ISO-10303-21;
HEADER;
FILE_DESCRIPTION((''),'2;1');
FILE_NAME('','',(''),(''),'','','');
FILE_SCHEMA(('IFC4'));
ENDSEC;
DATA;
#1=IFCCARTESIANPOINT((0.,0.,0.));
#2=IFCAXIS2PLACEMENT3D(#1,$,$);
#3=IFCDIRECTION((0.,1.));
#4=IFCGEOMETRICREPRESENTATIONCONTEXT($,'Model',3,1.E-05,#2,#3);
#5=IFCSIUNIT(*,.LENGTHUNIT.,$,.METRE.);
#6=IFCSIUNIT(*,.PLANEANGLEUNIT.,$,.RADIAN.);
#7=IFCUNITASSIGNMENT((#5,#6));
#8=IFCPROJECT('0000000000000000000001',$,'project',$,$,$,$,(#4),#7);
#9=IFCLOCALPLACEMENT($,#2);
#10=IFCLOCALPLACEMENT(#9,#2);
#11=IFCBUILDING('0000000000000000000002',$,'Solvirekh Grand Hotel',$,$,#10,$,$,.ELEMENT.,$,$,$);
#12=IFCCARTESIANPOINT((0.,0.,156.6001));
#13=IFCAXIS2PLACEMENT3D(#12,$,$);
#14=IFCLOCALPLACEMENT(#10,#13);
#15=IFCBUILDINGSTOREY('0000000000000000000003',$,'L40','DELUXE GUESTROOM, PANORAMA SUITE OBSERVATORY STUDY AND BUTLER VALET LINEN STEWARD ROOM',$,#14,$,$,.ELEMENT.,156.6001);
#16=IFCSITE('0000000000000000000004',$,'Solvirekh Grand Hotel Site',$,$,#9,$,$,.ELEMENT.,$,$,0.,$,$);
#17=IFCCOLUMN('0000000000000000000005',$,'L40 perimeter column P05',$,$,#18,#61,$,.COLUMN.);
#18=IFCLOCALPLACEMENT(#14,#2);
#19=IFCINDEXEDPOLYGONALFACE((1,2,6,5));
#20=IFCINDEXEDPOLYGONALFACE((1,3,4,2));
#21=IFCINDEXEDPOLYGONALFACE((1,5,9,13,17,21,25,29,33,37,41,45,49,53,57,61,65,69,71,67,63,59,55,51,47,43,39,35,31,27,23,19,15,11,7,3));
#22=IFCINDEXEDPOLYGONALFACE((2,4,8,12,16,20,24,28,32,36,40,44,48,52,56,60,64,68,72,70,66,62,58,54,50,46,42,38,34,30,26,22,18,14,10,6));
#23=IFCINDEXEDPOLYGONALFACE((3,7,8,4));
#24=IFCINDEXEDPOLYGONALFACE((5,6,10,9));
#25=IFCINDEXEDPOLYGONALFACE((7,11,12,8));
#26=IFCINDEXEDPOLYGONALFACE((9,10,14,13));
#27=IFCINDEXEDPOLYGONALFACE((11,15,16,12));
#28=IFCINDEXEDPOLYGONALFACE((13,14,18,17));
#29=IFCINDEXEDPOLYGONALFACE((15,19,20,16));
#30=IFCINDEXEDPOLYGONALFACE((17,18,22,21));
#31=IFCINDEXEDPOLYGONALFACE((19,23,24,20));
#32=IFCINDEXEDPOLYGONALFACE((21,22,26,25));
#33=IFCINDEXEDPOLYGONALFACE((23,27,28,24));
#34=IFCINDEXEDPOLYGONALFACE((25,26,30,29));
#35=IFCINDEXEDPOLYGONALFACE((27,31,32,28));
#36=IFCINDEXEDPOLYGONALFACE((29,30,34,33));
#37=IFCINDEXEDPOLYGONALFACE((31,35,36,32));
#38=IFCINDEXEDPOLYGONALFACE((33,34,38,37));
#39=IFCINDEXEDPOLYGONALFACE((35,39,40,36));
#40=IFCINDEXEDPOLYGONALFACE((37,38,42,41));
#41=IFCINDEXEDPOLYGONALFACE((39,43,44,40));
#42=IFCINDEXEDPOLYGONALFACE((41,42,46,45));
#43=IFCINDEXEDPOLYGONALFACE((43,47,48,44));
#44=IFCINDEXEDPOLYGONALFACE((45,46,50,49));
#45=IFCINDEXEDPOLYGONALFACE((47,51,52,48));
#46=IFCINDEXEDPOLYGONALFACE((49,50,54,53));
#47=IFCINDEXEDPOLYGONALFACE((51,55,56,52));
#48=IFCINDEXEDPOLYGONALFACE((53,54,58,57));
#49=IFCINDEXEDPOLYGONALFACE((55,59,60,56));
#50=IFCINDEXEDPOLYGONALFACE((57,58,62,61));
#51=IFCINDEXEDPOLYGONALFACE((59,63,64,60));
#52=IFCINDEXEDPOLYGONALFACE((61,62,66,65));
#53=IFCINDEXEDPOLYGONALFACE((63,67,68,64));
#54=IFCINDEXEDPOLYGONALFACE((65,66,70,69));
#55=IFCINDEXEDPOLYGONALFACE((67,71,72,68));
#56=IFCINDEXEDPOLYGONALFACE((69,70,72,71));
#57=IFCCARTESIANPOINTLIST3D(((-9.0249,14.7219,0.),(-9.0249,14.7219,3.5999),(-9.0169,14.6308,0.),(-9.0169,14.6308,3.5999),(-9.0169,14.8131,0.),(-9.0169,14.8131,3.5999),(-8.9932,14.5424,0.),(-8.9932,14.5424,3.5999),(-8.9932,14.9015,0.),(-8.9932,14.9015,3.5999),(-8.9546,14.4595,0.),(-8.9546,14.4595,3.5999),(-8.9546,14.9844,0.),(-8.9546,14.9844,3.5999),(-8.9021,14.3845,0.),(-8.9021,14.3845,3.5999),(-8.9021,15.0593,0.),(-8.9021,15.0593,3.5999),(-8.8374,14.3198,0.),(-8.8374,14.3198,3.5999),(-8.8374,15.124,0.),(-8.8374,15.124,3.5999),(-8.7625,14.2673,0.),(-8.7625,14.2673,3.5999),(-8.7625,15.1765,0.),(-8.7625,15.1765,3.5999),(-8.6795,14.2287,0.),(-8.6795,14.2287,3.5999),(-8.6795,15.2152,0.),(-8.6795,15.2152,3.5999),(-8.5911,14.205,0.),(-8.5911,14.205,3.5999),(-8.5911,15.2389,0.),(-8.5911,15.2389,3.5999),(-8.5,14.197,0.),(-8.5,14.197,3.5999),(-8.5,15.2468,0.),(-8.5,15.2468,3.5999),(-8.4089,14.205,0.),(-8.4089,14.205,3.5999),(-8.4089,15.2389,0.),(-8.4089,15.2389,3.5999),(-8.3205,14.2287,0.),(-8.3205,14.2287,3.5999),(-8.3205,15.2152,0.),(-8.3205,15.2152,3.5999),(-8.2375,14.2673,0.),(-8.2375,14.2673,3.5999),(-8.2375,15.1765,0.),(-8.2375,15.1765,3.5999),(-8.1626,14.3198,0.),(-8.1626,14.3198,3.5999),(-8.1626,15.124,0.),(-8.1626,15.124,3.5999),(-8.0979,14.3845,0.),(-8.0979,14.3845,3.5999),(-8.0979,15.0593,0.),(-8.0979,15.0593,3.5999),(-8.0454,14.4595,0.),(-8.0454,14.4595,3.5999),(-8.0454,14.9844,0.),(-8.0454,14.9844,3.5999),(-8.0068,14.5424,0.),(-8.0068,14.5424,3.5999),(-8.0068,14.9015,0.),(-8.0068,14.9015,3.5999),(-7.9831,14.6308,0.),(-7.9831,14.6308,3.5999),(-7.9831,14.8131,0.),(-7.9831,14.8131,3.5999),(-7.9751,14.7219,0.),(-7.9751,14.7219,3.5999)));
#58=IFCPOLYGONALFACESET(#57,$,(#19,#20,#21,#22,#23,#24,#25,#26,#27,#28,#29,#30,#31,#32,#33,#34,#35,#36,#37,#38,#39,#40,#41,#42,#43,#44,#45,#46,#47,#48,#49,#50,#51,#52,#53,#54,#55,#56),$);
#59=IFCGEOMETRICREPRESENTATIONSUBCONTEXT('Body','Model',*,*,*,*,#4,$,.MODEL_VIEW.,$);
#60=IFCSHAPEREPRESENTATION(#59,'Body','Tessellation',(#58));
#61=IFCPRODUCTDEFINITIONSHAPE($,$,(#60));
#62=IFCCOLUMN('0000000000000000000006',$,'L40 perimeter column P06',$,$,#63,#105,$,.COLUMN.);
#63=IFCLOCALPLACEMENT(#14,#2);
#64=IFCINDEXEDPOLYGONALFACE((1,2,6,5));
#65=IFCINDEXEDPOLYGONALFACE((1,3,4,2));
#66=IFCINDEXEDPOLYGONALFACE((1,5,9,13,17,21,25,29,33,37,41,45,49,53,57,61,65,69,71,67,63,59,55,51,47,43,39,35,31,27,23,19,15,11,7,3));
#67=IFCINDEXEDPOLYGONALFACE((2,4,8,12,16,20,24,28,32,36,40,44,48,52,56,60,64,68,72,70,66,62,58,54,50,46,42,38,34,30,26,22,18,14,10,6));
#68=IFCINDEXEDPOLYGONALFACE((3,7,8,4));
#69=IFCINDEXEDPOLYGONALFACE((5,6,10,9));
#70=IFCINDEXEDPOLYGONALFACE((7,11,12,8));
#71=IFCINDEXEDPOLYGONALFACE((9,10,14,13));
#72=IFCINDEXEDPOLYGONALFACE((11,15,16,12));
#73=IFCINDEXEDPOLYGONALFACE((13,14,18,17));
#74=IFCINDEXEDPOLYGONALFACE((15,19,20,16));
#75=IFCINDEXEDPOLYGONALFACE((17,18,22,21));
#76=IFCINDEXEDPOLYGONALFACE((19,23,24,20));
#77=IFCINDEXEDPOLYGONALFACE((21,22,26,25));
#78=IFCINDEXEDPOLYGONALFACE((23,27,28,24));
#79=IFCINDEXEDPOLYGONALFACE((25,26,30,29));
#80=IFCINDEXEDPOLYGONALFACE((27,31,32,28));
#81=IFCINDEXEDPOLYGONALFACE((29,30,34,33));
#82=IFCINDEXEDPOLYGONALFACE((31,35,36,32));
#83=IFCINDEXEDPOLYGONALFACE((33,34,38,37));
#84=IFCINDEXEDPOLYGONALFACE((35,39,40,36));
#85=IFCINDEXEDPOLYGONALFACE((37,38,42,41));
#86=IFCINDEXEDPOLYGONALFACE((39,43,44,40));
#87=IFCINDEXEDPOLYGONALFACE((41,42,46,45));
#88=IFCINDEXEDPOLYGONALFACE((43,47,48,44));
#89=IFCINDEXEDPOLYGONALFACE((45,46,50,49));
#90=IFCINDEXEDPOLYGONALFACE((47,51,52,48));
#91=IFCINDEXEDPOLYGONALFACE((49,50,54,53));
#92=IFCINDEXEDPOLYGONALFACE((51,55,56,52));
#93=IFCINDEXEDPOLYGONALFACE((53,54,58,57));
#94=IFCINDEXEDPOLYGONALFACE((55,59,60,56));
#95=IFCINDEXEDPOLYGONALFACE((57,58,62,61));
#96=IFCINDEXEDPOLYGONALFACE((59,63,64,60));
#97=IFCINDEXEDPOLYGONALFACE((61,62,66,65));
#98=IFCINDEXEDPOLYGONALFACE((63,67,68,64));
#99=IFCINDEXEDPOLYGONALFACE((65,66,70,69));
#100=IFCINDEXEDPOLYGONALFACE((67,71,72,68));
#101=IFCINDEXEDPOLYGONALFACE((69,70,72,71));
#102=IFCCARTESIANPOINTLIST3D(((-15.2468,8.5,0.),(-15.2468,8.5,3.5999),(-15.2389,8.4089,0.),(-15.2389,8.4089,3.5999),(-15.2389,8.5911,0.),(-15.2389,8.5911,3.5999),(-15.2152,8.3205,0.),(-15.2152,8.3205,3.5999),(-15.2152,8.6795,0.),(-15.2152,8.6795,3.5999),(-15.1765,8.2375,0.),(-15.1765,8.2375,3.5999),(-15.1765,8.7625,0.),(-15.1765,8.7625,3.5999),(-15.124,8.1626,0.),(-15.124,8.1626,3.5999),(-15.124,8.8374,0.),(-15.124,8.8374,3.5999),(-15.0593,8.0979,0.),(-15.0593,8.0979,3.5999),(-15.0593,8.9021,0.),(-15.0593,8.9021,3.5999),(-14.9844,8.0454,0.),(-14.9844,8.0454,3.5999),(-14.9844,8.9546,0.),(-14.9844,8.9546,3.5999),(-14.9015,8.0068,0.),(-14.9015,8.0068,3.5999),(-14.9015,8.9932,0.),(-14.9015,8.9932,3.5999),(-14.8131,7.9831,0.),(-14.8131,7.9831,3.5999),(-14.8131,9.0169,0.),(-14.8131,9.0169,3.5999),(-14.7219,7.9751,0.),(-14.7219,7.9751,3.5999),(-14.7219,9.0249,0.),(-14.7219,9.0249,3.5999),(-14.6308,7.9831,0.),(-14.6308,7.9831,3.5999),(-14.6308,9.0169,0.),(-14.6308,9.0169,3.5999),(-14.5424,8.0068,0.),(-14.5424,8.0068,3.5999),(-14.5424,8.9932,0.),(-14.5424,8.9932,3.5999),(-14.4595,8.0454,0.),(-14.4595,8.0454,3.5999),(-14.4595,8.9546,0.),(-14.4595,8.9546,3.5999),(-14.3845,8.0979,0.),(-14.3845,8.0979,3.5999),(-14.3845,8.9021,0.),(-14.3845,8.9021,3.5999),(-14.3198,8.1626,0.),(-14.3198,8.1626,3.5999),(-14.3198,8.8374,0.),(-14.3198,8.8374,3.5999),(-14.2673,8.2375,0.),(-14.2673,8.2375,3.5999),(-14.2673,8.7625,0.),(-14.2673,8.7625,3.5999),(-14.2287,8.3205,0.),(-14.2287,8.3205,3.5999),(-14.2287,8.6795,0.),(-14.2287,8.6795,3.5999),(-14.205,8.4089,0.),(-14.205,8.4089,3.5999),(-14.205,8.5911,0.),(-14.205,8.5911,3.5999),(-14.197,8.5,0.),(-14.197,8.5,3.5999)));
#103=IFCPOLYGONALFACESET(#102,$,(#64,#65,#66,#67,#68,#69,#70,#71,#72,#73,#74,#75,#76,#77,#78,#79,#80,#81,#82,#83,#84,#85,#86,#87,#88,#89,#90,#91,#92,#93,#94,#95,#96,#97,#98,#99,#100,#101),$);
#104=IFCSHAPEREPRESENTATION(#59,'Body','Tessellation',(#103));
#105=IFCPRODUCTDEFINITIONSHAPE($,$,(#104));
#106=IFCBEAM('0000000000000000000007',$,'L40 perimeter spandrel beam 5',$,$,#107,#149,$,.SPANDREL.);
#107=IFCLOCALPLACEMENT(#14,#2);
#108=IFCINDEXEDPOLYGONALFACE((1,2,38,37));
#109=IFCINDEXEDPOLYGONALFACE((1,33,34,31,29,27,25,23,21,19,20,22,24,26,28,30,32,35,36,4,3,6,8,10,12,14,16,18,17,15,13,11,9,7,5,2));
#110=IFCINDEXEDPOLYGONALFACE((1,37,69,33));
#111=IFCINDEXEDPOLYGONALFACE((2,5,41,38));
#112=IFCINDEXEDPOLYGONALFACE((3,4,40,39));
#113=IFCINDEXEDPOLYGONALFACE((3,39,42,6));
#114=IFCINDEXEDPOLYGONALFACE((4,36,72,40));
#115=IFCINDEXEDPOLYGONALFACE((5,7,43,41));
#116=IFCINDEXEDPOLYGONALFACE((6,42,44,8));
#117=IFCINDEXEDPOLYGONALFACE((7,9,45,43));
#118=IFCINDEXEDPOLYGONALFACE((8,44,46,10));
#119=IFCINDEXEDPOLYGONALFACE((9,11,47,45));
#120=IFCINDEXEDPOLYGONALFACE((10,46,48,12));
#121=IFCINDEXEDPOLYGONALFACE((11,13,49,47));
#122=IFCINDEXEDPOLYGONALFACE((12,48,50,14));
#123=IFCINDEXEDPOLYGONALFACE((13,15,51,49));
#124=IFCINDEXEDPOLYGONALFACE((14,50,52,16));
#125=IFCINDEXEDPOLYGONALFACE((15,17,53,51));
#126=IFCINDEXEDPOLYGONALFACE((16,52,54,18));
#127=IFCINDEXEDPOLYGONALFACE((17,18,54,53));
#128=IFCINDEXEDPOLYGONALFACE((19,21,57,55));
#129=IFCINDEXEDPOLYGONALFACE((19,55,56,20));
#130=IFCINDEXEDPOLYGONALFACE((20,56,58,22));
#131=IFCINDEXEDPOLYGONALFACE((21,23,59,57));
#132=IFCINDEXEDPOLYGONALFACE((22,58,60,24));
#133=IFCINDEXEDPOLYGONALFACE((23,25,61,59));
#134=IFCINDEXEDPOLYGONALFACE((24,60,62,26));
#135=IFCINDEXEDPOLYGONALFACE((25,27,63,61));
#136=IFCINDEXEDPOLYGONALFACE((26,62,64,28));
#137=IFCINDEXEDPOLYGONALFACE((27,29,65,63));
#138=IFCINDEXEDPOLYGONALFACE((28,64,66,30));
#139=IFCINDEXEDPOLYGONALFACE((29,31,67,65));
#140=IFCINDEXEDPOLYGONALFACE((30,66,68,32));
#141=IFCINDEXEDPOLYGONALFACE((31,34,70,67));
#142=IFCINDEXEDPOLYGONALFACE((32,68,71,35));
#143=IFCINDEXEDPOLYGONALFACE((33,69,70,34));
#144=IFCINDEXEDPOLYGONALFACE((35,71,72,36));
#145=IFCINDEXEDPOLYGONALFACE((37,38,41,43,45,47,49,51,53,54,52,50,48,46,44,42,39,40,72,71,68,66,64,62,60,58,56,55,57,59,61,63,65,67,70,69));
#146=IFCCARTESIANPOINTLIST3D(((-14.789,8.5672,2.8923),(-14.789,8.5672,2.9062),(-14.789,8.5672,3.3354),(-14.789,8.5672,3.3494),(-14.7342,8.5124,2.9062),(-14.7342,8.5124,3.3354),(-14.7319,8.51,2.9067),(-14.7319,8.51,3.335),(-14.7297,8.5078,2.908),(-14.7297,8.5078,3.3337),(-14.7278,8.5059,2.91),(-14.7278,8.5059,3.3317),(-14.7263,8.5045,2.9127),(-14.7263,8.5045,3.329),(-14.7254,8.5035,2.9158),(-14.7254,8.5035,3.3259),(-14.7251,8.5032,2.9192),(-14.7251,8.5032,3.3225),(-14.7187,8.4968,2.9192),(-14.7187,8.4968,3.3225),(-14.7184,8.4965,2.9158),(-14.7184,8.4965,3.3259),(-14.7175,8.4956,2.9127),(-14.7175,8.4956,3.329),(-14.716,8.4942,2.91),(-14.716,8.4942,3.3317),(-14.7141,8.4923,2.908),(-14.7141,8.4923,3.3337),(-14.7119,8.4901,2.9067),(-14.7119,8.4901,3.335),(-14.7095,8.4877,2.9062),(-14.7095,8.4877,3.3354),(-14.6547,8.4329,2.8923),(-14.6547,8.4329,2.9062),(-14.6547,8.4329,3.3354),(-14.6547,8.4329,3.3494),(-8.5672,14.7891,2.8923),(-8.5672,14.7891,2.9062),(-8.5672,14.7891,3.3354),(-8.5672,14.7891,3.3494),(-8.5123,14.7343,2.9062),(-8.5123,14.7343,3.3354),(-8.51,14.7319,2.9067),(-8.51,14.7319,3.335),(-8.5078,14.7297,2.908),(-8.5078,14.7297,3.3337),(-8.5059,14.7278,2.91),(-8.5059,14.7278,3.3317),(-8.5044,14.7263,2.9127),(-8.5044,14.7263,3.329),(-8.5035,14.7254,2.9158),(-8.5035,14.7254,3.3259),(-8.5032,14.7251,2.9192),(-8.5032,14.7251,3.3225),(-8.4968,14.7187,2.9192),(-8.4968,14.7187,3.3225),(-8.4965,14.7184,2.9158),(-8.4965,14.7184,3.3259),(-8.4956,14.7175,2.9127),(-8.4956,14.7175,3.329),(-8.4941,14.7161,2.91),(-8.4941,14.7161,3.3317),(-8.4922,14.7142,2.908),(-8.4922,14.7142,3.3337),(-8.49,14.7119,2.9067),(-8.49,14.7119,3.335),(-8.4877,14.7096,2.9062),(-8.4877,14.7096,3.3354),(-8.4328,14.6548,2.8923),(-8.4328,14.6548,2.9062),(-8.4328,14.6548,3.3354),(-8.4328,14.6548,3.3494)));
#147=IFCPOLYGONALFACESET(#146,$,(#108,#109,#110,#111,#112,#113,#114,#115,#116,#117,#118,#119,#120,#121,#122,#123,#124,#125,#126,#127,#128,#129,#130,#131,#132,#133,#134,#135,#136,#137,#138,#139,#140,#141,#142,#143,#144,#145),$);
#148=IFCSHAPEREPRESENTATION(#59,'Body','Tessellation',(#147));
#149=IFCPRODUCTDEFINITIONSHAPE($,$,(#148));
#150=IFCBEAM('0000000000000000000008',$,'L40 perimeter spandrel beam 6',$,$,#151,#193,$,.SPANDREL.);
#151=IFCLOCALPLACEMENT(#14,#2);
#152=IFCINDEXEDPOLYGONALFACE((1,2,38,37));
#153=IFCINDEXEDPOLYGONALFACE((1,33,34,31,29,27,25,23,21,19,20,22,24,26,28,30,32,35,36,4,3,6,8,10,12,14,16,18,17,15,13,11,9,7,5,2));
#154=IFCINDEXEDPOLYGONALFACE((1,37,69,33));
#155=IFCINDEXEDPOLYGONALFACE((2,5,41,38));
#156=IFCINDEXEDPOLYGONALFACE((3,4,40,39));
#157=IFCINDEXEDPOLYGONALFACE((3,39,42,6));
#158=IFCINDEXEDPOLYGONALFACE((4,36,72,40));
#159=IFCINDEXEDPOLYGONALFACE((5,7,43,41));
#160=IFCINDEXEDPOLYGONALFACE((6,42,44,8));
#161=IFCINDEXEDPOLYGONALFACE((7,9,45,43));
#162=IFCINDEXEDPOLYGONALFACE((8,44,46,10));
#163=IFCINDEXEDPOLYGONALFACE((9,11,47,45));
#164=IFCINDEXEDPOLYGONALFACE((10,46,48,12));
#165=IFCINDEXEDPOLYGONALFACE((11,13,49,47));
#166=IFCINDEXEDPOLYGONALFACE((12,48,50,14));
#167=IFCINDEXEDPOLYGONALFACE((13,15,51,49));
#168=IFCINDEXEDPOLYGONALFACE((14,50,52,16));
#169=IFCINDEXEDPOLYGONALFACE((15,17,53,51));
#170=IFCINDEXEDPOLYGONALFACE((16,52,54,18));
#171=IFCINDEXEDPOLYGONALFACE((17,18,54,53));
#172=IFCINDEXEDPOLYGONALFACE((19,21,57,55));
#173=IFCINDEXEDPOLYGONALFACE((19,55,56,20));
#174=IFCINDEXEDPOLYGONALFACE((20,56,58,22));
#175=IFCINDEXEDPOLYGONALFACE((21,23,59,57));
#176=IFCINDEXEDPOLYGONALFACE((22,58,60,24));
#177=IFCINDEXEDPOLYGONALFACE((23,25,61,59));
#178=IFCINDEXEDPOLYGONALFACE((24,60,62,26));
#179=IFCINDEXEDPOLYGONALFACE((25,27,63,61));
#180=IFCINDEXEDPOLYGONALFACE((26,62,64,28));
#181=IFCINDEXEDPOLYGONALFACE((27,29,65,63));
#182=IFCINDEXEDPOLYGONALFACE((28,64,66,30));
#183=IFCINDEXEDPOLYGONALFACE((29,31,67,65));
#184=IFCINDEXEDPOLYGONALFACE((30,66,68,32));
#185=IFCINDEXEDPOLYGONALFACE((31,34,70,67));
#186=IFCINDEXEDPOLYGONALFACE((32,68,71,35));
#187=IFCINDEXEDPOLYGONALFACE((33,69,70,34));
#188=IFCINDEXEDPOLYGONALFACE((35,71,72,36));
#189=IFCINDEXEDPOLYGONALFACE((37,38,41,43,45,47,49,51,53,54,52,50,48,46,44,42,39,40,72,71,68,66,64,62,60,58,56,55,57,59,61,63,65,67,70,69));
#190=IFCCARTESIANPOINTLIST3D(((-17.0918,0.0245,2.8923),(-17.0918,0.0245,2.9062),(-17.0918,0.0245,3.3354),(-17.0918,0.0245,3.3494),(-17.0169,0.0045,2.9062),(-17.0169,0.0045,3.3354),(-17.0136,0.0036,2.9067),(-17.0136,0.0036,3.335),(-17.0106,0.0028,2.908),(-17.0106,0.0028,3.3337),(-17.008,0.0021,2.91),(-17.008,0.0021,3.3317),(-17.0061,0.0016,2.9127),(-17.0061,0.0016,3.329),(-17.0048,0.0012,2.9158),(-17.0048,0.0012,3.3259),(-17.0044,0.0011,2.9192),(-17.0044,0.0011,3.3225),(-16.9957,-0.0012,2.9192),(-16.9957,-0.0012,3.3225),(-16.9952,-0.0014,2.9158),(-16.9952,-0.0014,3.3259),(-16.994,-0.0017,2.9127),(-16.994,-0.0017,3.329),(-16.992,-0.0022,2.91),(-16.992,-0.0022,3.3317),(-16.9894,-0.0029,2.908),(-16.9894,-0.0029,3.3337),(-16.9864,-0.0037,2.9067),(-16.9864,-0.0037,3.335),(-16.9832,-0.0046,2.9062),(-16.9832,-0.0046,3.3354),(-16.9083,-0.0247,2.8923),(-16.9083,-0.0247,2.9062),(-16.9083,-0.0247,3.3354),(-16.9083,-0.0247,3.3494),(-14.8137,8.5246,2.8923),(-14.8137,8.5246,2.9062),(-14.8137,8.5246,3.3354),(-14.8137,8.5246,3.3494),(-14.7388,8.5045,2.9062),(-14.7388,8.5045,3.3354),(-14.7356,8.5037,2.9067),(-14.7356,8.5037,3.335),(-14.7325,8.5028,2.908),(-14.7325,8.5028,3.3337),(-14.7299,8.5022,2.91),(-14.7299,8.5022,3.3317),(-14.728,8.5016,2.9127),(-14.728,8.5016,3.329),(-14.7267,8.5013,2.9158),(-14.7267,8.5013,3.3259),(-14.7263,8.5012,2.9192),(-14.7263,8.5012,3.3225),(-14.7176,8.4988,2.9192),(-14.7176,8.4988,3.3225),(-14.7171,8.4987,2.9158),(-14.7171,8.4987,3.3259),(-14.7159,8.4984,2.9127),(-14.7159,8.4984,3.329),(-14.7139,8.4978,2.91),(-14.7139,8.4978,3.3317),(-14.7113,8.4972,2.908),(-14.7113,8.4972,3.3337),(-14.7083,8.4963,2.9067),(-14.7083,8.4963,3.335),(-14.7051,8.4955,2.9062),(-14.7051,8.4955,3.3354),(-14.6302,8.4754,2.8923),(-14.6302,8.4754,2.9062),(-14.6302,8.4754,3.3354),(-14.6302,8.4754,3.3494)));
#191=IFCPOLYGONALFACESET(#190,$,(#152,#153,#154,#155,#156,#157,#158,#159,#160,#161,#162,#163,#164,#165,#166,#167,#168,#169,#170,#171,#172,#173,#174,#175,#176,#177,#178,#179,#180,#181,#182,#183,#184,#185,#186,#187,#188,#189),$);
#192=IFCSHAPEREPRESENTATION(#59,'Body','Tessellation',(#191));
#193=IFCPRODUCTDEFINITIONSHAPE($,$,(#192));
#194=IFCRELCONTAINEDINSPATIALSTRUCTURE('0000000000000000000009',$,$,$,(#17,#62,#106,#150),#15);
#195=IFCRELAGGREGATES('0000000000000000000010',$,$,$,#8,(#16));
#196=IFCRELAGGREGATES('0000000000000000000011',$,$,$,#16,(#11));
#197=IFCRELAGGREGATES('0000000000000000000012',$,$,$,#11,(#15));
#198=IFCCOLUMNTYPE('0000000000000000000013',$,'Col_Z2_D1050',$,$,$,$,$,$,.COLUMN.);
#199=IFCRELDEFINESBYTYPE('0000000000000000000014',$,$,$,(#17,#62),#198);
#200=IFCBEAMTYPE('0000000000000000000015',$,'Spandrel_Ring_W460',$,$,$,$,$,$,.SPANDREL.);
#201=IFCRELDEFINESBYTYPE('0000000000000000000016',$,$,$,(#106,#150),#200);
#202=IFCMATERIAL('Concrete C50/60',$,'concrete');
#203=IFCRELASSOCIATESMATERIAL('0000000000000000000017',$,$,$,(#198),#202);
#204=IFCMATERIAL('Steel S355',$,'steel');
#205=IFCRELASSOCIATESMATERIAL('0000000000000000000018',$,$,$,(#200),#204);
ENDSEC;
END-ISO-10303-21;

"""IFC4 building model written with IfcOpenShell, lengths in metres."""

from ifc_helpers import new_model, si_unit, direction, frame, origin, origin_2d, place, context, subcontext, project, spatial, circle, i_section, extrude, material, material_profile, profile_set, type_object, element, save


model = new_model("IFC4")

# Units and contexts
model_context = context("Model", 3, precision=1e-05, world=origin(), true_north=direction((0.0, 1.0)))
body_context = subcontext(model_context, "Body", "Model", "MODEL_VIEW")
ifc_project = project(units=[si_unit("LENGTHUNIT", "METRE"), si_unit("PLANEANGLEUNIT", "RADIAN")], contexts=[model_context])

# Site, building, storey
site_placement = place(None, origin())
site = spatial("IfcSite", under=ifc_project, at=site_placement, Name="Solvirekh Grand Hotel Site", CompositionType="ELEMENT", RefElevation=0.0)
building_placement = place(site_placement, origin())
building = spatial("IfcBuilding", under=site, at=building_placement, Name="Solvirekh Grand Hotel", CompositionType="ELEMENT")
storey_placement = place(building_placement, frame((0.0, 0.0, 156.6001)))
storey = spatial("IfcBuildingStorey", under=building, at=storey_placement, Name="L40", Description="DELUXE GUESTROOM, PANORAMA SUITE OBSERVATORY STUDY AND BUTLER VALET LINEN STEWARD ROOM", CompositionType="ELEMENT", Elevation=156.6001)

# Columns
ifc_material_1 = material(Name="Concrete C50/60", Category="concrete")
ifc_material_profile_1 = material_profile(ifc_material_1, circle(Radius=0.5249, at=origin_2d()), Name="RC CIRC D1050")
ifc_profile_set_1 = profile_set([ifc_material_profile_1], Name="Concrete C50/60")
column_type = type_object("IfcColumnType", Name="Col_Z2_D1050", PredefinedType="COLUMN", material=ifc_profile_set_1)
for number, where, z_axis, x_axis, name in (
    (1, (-8.5, 14.7219, 0.0), (0.0, 0.0, 1.0), (1.0, 0.0, 0.0), "L40 perimeter column P05"),
    (2, (-14.7219, 8.5, 0.0), (0.0, 0.0, 1.0), (1.0, 0.0, 0.0), "L40 perimeter column P06"),
):
    element("IfcColumn", number, at=place(storey_placement, frame(where, z_axis=z_axis, x_axis=x_axis)), inside=storey, type_object=column_type, Name=name, PredefinedType="COLUMN", context=body_context, shape_type="SweptSolid", body=[
        extrude(circle(Radius=0.5249, at=origin_2d()), origin(), (0.0, 0.0, 1.0), 3.5999),
    ])

# Beams
ifc_material_2 = material(Name="Steel S355", Category="steel")
ifc_material_profile_2 = material_profile(ifc_material_2, i_section(OverallWidth=0.1899, OverallDepth=0.457, WebThickness=0.009, FlangeThickness=0.0139, FilletRadius=0.0129, at=origin_2d()), Name="W460X74")
ifc_profile_set_2 = profile_set([ifc_material_profile_2], Name="Steel S355")
beam_type = type_object("IfcBeamType", Name="Spandrel_Ring_W460", PredefinedType="SPANDREL", material=ifc_profile_set_2)
beam_1_placement = place(storey_placement, frame((-8.5, 14.7219, 3.1208), z_axis=(-0.707107, -0.707107, 0.0), x_axis=(0.707107, -0.707107, 0.0)))
element("IfcBeam", 3, at=beam_1_placement, inside=storey, type_object=beam_type, Name="L40 perimeter spandrel beam 5", PredefinedType="SPANDREL", context=body_context, shape_type="SweptSolid", body=[
    extrude(i_section(OverallWidth=0.1899, OverallDepth=0.457, WebThickness=0.009, FlangeThickness=0.0139, FilletRadius=0.0129, at=origin_2d()), origin(), (0.0, 0.0, 1.0), 8.7991),
])
beam_2_placement = place(storey_placement, frame((-14.7219, 8.5, 3.1208), z_axis=(-0.258873, -0.965911, 0.0), x_axis=(0.965911, -0.258873, 0.0)))
element("IfcBeam", 4, at=beam_2_placement, inside=storey, type_object=beam_type, Name="L40 perimeter spandrel beam 6", PredefinedType="SPANDREL", context=body_context, shape_type="SweptSolid", body=[
    extrude(i_section(OverallWidth=0.1899, OverallDepth=0.457, WebThickness=0.009, FlangeThickness=0.0139, FilletRadius=0.0129, at=origin_2d()), origin(), (0.0, 0.0, 1.0), 8.8),
])

save(model, "model.ifc")
